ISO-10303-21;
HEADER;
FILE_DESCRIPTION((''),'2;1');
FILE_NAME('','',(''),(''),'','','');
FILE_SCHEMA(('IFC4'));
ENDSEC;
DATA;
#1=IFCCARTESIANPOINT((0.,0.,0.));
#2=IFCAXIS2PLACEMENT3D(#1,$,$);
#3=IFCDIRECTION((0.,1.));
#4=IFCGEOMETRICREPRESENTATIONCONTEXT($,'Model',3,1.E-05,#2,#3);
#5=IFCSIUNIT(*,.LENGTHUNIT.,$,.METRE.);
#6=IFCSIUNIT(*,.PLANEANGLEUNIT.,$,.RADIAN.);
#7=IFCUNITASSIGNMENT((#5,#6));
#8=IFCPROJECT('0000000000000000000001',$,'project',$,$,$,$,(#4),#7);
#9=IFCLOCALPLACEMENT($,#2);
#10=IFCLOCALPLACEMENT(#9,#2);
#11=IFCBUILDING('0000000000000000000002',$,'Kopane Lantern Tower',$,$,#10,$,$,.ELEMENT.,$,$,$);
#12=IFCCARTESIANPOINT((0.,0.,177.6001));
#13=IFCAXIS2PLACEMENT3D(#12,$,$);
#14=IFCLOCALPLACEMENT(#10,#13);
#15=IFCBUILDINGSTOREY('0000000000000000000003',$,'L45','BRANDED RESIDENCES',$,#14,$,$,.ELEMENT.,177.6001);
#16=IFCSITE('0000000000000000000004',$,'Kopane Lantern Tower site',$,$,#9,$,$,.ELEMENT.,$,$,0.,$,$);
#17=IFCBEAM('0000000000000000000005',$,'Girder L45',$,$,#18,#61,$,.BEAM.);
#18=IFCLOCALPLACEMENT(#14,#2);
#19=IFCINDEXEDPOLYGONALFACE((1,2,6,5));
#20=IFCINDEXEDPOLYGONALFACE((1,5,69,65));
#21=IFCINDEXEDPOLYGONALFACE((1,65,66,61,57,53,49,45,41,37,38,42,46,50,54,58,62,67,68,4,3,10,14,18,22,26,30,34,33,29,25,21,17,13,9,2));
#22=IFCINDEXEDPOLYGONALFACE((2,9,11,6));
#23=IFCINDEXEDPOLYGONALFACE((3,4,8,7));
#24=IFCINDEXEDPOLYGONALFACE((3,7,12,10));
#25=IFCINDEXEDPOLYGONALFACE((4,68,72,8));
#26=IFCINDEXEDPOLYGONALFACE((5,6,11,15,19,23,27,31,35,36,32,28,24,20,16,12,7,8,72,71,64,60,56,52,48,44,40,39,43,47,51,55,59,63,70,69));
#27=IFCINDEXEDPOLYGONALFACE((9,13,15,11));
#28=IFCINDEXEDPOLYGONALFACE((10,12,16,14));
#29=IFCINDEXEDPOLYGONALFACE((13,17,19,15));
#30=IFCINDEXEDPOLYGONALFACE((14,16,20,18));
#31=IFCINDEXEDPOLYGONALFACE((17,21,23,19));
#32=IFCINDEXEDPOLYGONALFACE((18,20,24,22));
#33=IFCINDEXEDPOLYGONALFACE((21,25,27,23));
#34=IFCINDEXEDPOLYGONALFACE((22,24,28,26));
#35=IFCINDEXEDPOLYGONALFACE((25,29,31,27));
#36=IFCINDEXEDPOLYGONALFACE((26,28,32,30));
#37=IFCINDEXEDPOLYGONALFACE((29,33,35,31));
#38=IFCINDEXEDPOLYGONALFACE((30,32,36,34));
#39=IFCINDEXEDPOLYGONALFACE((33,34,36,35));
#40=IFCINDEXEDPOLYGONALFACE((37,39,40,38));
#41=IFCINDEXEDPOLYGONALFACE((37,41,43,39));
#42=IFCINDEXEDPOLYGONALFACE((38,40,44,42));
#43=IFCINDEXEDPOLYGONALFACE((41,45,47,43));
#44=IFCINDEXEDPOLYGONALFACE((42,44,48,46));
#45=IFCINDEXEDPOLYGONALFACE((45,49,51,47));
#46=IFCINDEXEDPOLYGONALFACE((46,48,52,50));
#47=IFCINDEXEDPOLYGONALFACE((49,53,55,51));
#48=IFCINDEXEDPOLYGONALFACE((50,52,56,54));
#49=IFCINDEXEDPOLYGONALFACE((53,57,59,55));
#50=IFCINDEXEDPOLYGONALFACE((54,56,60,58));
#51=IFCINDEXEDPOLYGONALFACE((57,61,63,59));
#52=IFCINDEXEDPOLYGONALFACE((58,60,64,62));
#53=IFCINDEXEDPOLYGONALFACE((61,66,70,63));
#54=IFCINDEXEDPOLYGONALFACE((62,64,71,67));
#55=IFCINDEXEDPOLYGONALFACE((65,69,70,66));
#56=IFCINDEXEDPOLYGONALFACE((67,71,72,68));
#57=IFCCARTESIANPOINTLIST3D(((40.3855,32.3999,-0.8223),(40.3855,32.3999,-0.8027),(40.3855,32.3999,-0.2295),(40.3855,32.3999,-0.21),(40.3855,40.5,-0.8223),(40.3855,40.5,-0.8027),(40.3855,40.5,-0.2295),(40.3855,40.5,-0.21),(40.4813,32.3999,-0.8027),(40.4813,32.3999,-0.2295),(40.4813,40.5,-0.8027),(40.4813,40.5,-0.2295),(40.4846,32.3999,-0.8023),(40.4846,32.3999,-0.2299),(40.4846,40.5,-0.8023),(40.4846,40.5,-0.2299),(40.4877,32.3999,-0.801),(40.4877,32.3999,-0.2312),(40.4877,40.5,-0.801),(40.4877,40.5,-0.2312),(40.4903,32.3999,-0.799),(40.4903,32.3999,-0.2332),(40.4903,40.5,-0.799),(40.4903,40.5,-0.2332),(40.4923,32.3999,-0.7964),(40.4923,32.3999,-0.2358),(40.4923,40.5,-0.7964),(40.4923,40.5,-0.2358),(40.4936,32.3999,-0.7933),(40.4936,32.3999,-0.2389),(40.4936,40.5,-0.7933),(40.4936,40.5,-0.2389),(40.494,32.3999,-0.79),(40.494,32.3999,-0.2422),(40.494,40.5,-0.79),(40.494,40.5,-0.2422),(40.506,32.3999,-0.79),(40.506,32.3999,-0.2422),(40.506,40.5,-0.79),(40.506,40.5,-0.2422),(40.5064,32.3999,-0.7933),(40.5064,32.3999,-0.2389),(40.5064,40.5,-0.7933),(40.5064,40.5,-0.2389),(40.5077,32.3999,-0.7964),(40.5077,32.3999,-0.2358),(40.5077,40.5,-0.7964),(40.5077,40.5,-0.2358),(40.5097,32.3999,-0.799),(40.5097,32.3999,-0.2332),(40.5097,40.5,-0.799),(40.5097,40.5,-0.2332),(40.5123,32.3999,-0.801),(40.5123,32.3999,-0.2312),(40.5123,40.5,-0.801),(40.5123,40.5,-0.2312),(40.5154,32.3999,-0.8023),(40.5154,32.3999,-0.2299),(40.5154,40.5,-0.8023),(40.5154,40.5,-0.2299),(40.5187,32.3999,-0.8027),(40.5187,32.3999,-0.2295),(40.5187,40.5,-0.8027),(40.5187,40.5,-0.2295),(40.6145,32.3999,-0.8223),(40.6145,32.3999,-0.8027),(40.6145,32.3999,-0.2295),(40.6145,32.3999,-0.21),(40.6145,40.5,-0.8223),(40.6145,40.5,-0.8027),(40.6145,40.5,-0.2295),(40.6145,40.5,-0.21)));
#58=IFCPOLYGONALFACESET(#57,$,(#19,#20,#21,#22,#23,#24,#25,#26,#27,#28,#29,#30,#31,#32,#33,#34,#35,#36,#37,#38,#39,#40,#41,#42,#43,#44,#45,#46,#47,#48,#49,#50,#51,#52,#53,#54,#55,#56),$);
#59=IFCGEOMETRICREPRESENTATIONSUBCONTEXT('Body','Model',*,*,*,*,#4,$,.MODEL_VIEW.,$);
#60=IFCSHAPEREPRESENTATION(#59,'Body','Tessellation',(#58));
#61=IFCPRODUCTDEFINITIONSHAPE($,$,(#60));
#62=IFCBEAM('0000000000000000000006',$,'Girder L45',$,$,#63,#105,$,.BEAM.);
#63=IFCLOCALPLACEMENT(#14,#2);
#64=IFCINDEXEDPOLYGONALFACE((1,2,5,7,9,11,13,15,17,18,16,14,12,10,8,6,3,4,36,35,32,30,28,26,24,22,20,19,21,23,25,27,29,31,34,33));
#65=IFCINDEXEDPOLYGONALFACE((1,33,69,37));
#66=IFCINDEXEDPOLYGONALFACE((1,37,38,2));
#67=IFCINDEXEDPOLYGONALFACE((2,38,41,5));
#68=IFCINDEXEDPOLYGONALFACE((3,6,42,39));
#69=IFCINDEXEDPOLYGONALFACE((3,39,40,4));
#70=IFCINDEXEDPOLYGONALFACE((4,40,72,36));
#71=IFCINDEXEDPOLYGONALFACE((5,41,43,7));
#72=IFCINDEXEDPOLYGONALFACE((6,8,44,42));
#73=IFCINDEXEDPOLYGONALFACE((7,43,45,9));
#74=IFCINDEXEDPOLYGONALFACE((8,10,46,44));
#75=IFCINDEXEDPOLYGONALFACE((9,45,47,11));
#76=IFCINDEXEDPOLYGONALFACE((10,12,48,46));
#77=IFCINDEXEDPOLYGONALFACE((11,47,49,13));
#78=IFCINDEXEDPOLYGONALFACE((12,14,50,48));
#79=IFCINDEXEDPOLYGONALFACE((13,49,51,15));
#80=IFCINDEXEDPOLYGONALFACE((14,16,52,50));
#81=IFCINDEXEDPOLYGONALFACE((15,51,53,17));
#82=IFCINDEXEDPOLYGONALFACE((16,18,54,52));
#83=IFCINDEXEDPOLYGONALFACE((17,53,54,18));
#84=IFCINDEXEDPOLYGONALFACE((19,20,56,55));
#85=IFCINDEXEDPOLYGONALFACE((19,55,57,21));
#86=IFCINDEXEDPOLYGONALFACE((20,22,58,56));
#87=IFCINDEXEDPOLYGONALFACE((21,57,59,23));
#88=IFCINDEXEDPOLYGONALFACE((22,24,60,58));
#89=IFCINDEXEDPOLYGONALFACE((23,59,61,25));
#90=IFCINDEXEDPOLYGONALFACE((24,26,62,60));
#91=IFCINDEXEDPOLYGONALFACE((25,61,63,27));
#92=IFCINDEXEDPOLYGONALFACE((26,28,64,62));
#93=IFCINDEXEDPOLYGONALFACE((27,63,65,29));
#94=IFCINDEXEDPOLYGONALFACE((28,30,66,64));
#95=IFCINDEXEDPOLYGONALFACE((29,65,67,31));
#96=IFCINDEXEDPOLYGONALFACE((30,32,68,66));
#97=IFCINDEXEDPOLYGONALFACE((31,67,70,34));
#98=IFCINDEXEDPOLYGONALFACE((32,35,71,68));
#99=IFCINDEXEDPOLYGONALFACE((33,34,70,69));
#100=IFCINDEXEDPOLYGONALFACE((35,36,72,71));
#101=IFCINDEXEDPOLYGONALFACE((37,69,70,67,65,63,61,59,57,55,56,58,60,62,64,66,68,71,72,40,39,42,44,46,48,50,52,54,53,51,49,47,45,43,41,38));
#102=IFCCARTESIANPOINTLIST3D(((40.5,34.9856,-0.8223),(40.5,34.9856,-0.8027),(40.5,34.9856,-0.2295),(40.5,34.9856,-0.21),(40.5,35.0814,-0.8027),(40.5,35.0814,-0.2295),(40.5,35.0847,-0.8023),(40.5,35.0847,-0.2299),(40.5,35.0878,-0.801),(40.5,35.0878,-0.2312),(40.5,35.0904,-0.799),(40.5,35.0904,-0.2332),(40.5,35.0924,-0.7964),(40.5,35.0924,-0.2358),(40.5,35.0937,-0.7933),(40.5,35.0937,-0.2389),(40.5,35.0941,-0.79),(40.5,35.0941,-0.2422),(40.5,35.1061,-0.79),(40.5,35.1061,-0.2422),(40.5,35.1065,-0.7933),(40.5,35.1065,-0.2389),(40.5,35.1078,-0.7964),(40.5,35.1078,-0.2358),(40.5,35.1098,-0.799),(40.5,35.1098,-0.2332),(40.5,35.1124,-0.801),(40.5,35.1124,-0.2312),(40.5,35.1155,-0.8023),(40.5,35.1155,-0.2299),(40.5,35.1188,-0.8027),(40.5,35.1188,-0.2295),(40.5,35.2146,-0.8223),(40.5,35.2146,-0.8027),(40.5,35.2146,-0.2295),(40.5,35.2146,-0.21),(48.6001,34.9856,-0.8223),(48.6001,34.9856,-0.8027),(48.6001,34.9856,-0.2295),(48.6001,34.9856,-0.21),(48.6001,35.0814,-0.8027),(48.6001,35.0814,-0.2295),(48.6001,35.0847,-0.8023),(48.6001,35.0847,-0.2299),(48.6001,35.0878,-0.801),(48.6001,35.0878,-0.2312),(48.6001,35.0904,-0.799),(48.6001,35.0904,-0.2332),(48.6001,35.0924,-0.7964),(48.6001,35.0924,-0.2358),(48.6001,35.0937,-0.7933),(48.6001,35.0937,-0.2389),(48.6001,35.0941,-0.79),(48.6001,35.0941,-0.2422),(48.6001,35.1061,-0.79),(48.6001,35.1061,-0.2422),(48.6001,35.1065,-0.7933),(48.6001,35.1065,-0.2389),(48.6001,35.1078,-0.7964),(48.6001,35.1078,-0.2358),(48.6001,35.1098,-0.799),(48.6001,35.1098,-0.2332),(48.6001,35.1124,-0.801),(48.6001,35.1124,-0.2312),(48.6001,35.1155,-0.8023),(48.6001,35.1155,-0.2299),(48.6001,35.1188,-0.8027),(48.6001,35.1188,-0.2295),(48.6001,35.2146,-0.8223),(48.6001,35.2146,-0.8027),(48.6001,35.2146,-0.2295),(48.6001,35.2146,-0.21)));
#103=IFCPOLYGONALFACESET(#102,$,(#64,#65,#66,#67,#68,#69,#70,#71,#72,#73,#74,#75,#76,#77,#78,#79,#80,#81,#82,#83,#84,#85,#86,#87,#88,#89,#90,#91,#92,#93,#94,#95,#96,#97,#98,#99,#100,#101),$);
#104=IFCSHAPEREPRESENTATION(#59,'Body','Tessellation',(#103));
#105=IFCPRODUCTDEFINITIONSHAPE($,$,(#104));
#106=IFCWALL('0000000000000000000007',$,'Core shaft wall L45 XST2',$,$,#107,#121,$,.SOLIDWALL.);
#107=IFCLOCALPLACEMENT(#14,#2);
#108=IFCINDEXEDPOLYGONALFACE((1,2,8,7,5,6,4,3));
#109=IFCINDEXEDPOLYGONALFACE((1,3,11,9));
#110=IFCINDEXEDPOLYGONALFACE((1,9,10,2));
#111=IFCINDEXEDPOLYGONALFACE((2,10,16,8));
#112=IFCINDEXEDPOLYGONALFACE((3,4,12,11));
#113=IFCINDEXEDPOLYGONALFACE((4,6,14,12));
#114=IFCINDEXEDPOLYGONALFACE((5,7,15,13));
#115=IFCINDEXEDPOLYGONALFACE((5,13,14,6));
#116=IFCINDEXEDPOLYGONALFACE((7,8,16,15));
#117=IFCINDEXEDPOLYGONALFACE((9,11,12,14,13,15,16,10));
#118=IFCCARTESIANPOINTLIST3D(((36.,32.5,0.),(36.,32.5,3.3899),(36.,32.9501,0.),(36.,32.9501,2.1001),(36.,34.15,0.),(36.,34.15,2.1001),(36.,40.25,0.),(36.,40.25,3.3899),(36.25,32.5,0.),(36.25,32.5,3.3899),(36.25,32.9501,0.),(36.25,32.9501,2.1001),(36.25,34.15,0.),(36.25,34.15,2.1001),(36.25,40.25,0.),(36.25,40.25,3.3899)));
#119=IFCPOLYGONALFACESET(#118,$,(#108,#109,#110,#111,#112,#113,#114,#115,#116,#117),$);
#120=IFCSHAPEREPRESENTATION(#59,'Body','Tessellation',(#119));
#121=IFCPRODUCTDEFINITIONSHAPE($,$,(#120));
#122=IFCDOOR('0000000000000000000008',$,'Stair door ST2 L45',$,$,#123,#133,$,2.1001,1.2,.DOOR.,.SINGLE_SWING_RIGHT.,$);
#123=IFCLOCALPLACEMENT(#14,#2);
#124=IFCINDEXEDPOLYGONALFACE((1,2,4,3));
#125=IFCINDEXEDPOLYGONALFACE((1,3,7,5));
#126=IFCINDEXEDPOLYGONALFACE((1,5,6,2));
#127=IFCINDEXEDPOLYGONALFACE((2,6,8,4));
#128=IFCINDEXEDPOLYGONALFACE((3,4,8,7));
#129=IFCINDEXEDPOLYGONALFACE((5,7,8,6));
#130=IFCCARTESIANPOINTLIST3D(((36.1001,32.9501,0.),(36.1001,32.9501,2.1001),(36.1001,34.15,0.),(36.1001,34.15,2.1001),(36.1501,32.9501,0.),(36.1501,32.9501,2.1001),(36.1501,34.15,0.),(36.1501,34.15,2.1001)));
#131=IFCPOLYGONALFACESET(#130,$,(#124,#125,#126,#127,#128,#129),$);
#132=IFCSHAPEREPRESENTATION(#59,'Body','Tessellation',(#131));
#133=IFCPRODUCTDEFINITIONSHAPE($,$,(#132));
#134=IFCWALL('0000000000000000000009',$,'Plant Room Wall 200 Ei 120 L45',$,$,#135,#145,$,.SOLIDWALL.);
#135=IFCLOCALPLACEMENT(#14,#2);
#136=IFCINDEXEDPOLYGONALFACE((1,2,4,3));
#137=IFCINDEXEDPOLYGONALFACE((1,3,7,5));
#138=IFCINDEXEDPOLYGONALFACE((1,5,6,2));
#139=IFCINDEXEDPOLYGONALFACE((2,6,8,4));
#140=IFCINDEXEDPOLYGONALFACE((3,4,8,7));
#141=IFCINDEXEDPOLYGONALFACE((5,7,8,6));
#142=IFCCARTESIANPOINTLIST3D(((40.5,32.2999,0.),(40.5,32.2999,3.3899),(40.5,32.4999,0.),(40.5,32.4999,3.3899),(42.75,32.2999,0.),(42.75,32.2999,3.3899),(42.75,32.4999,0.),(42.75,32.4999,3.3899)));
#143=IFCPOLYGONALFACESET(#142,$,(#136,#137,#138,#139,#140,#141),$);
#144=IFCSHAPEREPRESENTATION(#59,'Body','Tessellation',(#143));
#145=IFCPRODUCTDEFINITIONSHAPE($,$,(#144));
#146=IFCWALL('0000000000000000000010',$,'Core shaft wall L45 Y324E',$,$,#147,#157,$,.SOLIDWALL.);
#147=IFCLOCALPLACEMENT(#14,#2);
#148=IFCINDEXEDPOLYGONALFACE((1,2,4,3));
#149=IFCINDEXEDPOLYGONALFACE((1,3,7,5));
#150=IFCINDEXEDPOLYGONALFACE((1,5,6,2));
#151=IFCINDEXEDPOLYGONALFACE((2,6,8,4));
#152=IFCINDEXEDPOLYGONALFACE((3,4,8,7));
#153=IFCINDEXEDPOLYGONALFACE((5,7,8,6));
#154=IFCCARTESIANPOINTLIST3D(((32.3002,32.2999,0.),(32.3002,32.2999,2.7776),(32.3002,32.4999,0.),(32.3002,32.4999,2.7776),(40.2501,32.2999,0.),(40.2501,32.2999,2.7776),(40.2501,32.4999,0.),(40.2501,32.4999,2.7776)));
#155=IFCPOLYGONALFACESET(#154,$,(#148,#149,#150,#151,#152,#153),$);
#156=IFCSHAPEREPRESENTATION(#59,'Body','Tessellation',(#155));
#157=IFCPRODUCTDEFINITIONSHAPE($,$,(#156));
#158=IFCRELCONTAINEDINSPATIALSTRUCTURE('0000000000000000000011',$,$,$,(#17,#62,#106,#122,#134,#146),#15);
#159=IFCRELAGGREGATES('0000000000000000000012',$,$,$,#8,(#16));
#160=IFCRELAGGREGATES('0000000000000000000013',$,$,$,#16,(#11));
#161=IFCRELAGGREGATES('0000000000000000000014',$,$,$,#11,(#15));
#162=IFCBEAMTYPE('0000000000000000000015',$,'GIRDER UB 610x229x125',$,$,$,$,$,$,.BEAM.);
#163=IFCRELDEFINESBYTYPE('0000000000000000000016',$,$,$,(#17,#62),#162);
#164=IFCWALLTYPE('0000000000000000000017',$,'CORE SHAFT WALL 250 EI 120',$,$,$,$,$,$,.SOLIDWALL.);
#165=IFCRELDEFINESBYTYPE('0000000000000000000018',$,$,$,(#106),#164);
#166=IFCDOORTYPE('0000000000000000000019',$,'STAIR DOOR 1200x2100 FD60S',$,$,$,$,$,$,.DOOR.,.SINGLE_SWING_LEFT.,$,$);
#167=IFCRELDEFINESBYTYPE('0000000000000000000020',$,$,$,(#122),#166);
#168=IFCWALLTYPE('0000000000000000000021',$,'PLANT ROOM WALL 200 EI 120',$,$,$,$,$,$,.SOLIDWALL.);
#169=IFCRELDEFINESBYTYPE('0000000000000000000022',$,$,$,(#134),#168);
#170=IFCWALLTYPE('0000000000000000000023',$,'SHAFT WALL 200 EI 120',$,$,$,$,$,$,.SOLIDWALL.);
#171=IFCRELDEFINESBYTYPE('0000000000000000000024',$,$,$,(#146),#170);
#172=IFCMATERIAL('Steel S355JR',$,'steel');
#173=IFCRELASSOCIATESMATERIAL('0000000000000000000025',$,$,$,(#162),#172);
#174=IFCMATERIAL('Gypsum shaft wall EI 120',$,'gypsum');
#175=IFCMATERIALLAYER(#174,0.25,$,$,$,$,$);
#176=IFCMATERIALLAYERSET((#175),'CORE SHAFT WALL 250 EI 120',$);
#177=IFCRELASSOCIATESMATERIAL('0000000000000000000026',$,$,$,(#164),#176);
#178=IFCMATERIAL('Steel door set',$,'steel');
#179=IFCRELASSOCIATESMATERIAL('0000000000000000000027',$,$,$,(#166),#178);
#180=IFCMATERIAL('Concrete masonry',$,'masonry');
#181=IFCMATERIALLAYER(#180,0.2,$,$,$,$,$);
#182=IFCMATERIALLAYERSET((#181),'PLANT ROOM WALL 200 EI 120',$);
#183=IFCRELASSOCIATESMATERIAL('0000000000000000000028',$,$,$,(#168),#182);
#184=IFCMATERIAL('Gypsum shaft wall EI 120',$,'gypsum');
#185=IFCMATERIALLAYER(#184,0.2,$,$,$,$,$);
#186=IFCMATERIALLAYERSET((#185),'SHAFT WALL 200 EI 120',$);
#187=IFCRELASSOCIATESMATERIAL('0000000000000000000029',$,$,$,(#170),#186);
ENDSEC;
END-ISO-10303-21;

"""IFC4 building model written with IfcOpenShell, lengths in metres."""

from ifc_helpers import new_model, si_unit, direction, frame, frame_2d, origin, origin_2d, place, context, subcontext, project, spatial, rectangle, i_section, extrude, material, layer, layer_set, material_profile, profile_set, type_object, element, fill, save


model = new_model("IFC4")

# Units and contexts
model_context = context("Model", 3, precision=1e-05, world=origin(), true_north=direction((0.0, 1.0)))
body_context = subcontext(model_context, "Body", "Model", "MODEL_VIEW")
ifc_project = project(units=[si_unit("LENGTHUNIT", "METRE"), si_unit("PLANEANGLEUNIT", "RADIAN")], contexts=[model_context])

# Site, building, storey
site_placement = place(None, origin())
site = spatial("IfcSite", under=ifc_project, at=site_placement, Name="Kopane Lantern Tower site", CompositionType="ELEMENT", RefElevation=0.0)
building_placement = place(site_placement, origin())
building = spatial("IfcBuilding", under=site, at=building_placement, Name="Kopane Lantern Tower", CompositionType="ELEMENT")
storey_placement = place(building_placement, frame((0.0, 0.0, 177.6001)))
storey = spatial("IfcBuildingStorey", under=building, at=storey_placement, Name="L45", Description="BRANDED RESIDENCES", CompositionType="ELEMENT", Elevation=177.6001)

# Beams
ifc_material_1 = material(Name="Steel S355JR", Category="steel")
ifc_material_profile_1 = material_profile(ifc_material_1, i_section(OverallWidth=0.229, OverallDepth=0.6123, WebThickness=0.012, FlangeThickness=0.0195, FilletRadius=0.0127, at=origin_2d()), Name="UB 610x229x125")
ifc_profile_set_1 = profile_set([ifc_material_profile_1], Name="Steel S355JR")
beam_type_1 = type_object("IfcBeamType", Name="GIRDER UB 610x229x125", PredefinedType="BEAM", material=ifc_profile_set_1)
for number, where, z_axis, x_axis, name in (
    (1, (40.5, 32.3999, -0.5161), (0.0, 1.0, 0.0), (-1.0, 0.0, 0.0), "Girder L45"),
    (2, (40.5, 35.1001, -0.5161), (1.0, 0.0, 0.0), (0.0, 1.0, 0.0), "Girder L45"),
):
    element("IfcBeam", number, at=place(storey_placement, frame(where, z_axis=z_axis, x_axis=x_axis)), inside=storey, type_object=beam_type_1, Name=name, PredefinedType="BEAM", context=body_context, shape_type="SweptSolid", body=[
        extrude(i_section(OverallWidth=0.229, OverallDepth=0.6123, WebThickness=0.012, FlangeThickness=0.0195, FilletRadius=0.0127, at=origin_2d()), origin(), (0.0, 0.0, 1.0), 8.1001),
    ])

# Wall, opening, door
ifc_material_2 = material(Name="Gypsum shaft wall EI 120", Category="gypsum")
ifc_layer_1 = layer(ifc_material_2, 0.25)
ifc_layer_set_1 = layer_set([ifc_layer_1], Name="CORE SHAFT WALL 250 EI 120")
wall_type_1 = type_object("IfcWallType", Name="CORE SHAFT WALL 250 EI 120", PredefinedType="SOLIDWALL", material=ifc_layer_set_1)
wall_1_placement = place(storey_placement, frame((36.125, 32.5, 0.0), z_axis=(0.0, 0.0, 1.0), x_axis=(0.0, 1.0, 0.0)))
wall_1 = element("IfcWall", 3, at=wall_1_placement, inside=storey, type_object=wall_type_1, Name="Core shaft wall L45 XST2", PredefinedType="SOLIDWALL", context=body_context, shape_type="SweptSolid", body=[
    extrude(rectangle(XDim=7.75, YDim=0.25, at=frame_2d((3.875, 0.0))), origin(), (0.0, 0.0, 1.0), 3.3899),
])
opening_1_placement = place(wall_1_placement, frame((0.45, 0.0, 0.0)))
opening_1 = element("IfcOpeningElement", 4, at=opening_1_placement, cuts=wall_1, PredefinedType="OPENING", context=body_context, shape_type="SweptSolid", body=[
    extrude(rectangle(XDim=1.2, YDim=2.1001, at=frame_2d((0.6001, 1.05))), frame((0.0, 0.135, 0.0), z_axis=(0.0, -1.0, 0.0), x_axis=(1.0, 0.0, 0.0)), (0.0, 0.0, 1.0), 0.27),
])
ifc_material_3 = material(Name="Steel door set", Category="steel")
door_type_1 = type_object("IfcDoorType", Name="STAIR DOOR 1200x2100 FD60S", OperationType="SINGLE_SWING_LEFT", PredefinedType="DOOR", material=ifc_material_3)
door_1_placement = place(opening_1_placement, origin())
door_1 = element("IfcDoor", 5, at=door_1_placement, inside=storey, type_object=door_type_1, Name="Stair door ST2 L45", OperationType="SINGLE_SWING_RIGHT", OverallHeight=2.1001, OverallWidth=1.2, PredefinedType="DOOR", context=body_context, shape_type="SweptSolid", body=[
    extrude(rectangle(XDim=1.2, YDim=2.1001, at=frame_2d((0.6001, 1.05))), frame((0.0, 0.0249, 0.0), z_axis=(0.0, -1.0, 0.0), x_axis=(1.0, 0.0, 0.0)), (0.0, 0.0, 1.0), 0.05),
])
fill(opening_1, door_1)

# Walls
ifc_material_4 = material(Name="Concrete masonry", Category="masonry")
ifc_layer_2 = layer(ifc_material_4, 0.2)
ifc_layer_set_2 = layer_set([ifc_layer_2], Name="PLANT ROOM WALL 200 EI 120")
wall_type_2 = type_object("IfcWallType", Name="PLANT ROOM WALL 200 EI 120", PredefinedType="SOLIDWALL", material=ifc_layer_set_2)
wall_2_placement = place(storey_placement, frame((40.5, 32.3999, 0.0), z_axis=(0.0, 0.0, 1.0), x_axis=(1.0, 0.0, 0.0)))
element("IfcWall", 6, at=wall_2_placement, inside=storey, type_object=wall_type_2, Name="Plant Room Wall 200 Ei 120 L45", PredefinedType="SOLIDWALL", context=body_context, shape_type="SweptSolid", body=[
    extrude(rectangle(XDim=2.25, YDim=0.2, at=frame_2d((1.125, 0.0))), origin(), (0.0, 0.0, 1.0), 3.3899),
])
ifc_material_5 = material(Name="Gypsum shaft wall EI 120", Category="gypsum")
ifc_layer_3 = layer(ifc_material_5, 0.2)
ifc_layer_set_3 = layer_set([ifc_layer_3], Name="SHAFT WALL 200 EI 120")
wall_type_3 = type_object("IfcWallType", Name="SHAFT WALL 200 EI 120", PredefinedType="SOLIDWALL", material=ifc_layer_set_3)
wall_3_placement = place(storey_placement, frame((32.3, 32.3999, 0.0), z_axis=(0.0, 0.0, 1.0), x_axis=(1.0, 0.0, 0.0)))
element("IfcWall", 7, at=wall_3_placement, inside=storey, type_object=wall_type_3, Name="Core shaft wall L45 Y324E", PredefinedType="SOLIDWALL", context=body_context, shape_type="SweptSolid", body=[
    extrude(rectangle(XDim=7.95, YDim=0.2, at=frame_2d((3.9751, 0.0))), origin(), (0.0, 0.0, 1.0), 2.7776),
])

save(model, "model.ifc")
